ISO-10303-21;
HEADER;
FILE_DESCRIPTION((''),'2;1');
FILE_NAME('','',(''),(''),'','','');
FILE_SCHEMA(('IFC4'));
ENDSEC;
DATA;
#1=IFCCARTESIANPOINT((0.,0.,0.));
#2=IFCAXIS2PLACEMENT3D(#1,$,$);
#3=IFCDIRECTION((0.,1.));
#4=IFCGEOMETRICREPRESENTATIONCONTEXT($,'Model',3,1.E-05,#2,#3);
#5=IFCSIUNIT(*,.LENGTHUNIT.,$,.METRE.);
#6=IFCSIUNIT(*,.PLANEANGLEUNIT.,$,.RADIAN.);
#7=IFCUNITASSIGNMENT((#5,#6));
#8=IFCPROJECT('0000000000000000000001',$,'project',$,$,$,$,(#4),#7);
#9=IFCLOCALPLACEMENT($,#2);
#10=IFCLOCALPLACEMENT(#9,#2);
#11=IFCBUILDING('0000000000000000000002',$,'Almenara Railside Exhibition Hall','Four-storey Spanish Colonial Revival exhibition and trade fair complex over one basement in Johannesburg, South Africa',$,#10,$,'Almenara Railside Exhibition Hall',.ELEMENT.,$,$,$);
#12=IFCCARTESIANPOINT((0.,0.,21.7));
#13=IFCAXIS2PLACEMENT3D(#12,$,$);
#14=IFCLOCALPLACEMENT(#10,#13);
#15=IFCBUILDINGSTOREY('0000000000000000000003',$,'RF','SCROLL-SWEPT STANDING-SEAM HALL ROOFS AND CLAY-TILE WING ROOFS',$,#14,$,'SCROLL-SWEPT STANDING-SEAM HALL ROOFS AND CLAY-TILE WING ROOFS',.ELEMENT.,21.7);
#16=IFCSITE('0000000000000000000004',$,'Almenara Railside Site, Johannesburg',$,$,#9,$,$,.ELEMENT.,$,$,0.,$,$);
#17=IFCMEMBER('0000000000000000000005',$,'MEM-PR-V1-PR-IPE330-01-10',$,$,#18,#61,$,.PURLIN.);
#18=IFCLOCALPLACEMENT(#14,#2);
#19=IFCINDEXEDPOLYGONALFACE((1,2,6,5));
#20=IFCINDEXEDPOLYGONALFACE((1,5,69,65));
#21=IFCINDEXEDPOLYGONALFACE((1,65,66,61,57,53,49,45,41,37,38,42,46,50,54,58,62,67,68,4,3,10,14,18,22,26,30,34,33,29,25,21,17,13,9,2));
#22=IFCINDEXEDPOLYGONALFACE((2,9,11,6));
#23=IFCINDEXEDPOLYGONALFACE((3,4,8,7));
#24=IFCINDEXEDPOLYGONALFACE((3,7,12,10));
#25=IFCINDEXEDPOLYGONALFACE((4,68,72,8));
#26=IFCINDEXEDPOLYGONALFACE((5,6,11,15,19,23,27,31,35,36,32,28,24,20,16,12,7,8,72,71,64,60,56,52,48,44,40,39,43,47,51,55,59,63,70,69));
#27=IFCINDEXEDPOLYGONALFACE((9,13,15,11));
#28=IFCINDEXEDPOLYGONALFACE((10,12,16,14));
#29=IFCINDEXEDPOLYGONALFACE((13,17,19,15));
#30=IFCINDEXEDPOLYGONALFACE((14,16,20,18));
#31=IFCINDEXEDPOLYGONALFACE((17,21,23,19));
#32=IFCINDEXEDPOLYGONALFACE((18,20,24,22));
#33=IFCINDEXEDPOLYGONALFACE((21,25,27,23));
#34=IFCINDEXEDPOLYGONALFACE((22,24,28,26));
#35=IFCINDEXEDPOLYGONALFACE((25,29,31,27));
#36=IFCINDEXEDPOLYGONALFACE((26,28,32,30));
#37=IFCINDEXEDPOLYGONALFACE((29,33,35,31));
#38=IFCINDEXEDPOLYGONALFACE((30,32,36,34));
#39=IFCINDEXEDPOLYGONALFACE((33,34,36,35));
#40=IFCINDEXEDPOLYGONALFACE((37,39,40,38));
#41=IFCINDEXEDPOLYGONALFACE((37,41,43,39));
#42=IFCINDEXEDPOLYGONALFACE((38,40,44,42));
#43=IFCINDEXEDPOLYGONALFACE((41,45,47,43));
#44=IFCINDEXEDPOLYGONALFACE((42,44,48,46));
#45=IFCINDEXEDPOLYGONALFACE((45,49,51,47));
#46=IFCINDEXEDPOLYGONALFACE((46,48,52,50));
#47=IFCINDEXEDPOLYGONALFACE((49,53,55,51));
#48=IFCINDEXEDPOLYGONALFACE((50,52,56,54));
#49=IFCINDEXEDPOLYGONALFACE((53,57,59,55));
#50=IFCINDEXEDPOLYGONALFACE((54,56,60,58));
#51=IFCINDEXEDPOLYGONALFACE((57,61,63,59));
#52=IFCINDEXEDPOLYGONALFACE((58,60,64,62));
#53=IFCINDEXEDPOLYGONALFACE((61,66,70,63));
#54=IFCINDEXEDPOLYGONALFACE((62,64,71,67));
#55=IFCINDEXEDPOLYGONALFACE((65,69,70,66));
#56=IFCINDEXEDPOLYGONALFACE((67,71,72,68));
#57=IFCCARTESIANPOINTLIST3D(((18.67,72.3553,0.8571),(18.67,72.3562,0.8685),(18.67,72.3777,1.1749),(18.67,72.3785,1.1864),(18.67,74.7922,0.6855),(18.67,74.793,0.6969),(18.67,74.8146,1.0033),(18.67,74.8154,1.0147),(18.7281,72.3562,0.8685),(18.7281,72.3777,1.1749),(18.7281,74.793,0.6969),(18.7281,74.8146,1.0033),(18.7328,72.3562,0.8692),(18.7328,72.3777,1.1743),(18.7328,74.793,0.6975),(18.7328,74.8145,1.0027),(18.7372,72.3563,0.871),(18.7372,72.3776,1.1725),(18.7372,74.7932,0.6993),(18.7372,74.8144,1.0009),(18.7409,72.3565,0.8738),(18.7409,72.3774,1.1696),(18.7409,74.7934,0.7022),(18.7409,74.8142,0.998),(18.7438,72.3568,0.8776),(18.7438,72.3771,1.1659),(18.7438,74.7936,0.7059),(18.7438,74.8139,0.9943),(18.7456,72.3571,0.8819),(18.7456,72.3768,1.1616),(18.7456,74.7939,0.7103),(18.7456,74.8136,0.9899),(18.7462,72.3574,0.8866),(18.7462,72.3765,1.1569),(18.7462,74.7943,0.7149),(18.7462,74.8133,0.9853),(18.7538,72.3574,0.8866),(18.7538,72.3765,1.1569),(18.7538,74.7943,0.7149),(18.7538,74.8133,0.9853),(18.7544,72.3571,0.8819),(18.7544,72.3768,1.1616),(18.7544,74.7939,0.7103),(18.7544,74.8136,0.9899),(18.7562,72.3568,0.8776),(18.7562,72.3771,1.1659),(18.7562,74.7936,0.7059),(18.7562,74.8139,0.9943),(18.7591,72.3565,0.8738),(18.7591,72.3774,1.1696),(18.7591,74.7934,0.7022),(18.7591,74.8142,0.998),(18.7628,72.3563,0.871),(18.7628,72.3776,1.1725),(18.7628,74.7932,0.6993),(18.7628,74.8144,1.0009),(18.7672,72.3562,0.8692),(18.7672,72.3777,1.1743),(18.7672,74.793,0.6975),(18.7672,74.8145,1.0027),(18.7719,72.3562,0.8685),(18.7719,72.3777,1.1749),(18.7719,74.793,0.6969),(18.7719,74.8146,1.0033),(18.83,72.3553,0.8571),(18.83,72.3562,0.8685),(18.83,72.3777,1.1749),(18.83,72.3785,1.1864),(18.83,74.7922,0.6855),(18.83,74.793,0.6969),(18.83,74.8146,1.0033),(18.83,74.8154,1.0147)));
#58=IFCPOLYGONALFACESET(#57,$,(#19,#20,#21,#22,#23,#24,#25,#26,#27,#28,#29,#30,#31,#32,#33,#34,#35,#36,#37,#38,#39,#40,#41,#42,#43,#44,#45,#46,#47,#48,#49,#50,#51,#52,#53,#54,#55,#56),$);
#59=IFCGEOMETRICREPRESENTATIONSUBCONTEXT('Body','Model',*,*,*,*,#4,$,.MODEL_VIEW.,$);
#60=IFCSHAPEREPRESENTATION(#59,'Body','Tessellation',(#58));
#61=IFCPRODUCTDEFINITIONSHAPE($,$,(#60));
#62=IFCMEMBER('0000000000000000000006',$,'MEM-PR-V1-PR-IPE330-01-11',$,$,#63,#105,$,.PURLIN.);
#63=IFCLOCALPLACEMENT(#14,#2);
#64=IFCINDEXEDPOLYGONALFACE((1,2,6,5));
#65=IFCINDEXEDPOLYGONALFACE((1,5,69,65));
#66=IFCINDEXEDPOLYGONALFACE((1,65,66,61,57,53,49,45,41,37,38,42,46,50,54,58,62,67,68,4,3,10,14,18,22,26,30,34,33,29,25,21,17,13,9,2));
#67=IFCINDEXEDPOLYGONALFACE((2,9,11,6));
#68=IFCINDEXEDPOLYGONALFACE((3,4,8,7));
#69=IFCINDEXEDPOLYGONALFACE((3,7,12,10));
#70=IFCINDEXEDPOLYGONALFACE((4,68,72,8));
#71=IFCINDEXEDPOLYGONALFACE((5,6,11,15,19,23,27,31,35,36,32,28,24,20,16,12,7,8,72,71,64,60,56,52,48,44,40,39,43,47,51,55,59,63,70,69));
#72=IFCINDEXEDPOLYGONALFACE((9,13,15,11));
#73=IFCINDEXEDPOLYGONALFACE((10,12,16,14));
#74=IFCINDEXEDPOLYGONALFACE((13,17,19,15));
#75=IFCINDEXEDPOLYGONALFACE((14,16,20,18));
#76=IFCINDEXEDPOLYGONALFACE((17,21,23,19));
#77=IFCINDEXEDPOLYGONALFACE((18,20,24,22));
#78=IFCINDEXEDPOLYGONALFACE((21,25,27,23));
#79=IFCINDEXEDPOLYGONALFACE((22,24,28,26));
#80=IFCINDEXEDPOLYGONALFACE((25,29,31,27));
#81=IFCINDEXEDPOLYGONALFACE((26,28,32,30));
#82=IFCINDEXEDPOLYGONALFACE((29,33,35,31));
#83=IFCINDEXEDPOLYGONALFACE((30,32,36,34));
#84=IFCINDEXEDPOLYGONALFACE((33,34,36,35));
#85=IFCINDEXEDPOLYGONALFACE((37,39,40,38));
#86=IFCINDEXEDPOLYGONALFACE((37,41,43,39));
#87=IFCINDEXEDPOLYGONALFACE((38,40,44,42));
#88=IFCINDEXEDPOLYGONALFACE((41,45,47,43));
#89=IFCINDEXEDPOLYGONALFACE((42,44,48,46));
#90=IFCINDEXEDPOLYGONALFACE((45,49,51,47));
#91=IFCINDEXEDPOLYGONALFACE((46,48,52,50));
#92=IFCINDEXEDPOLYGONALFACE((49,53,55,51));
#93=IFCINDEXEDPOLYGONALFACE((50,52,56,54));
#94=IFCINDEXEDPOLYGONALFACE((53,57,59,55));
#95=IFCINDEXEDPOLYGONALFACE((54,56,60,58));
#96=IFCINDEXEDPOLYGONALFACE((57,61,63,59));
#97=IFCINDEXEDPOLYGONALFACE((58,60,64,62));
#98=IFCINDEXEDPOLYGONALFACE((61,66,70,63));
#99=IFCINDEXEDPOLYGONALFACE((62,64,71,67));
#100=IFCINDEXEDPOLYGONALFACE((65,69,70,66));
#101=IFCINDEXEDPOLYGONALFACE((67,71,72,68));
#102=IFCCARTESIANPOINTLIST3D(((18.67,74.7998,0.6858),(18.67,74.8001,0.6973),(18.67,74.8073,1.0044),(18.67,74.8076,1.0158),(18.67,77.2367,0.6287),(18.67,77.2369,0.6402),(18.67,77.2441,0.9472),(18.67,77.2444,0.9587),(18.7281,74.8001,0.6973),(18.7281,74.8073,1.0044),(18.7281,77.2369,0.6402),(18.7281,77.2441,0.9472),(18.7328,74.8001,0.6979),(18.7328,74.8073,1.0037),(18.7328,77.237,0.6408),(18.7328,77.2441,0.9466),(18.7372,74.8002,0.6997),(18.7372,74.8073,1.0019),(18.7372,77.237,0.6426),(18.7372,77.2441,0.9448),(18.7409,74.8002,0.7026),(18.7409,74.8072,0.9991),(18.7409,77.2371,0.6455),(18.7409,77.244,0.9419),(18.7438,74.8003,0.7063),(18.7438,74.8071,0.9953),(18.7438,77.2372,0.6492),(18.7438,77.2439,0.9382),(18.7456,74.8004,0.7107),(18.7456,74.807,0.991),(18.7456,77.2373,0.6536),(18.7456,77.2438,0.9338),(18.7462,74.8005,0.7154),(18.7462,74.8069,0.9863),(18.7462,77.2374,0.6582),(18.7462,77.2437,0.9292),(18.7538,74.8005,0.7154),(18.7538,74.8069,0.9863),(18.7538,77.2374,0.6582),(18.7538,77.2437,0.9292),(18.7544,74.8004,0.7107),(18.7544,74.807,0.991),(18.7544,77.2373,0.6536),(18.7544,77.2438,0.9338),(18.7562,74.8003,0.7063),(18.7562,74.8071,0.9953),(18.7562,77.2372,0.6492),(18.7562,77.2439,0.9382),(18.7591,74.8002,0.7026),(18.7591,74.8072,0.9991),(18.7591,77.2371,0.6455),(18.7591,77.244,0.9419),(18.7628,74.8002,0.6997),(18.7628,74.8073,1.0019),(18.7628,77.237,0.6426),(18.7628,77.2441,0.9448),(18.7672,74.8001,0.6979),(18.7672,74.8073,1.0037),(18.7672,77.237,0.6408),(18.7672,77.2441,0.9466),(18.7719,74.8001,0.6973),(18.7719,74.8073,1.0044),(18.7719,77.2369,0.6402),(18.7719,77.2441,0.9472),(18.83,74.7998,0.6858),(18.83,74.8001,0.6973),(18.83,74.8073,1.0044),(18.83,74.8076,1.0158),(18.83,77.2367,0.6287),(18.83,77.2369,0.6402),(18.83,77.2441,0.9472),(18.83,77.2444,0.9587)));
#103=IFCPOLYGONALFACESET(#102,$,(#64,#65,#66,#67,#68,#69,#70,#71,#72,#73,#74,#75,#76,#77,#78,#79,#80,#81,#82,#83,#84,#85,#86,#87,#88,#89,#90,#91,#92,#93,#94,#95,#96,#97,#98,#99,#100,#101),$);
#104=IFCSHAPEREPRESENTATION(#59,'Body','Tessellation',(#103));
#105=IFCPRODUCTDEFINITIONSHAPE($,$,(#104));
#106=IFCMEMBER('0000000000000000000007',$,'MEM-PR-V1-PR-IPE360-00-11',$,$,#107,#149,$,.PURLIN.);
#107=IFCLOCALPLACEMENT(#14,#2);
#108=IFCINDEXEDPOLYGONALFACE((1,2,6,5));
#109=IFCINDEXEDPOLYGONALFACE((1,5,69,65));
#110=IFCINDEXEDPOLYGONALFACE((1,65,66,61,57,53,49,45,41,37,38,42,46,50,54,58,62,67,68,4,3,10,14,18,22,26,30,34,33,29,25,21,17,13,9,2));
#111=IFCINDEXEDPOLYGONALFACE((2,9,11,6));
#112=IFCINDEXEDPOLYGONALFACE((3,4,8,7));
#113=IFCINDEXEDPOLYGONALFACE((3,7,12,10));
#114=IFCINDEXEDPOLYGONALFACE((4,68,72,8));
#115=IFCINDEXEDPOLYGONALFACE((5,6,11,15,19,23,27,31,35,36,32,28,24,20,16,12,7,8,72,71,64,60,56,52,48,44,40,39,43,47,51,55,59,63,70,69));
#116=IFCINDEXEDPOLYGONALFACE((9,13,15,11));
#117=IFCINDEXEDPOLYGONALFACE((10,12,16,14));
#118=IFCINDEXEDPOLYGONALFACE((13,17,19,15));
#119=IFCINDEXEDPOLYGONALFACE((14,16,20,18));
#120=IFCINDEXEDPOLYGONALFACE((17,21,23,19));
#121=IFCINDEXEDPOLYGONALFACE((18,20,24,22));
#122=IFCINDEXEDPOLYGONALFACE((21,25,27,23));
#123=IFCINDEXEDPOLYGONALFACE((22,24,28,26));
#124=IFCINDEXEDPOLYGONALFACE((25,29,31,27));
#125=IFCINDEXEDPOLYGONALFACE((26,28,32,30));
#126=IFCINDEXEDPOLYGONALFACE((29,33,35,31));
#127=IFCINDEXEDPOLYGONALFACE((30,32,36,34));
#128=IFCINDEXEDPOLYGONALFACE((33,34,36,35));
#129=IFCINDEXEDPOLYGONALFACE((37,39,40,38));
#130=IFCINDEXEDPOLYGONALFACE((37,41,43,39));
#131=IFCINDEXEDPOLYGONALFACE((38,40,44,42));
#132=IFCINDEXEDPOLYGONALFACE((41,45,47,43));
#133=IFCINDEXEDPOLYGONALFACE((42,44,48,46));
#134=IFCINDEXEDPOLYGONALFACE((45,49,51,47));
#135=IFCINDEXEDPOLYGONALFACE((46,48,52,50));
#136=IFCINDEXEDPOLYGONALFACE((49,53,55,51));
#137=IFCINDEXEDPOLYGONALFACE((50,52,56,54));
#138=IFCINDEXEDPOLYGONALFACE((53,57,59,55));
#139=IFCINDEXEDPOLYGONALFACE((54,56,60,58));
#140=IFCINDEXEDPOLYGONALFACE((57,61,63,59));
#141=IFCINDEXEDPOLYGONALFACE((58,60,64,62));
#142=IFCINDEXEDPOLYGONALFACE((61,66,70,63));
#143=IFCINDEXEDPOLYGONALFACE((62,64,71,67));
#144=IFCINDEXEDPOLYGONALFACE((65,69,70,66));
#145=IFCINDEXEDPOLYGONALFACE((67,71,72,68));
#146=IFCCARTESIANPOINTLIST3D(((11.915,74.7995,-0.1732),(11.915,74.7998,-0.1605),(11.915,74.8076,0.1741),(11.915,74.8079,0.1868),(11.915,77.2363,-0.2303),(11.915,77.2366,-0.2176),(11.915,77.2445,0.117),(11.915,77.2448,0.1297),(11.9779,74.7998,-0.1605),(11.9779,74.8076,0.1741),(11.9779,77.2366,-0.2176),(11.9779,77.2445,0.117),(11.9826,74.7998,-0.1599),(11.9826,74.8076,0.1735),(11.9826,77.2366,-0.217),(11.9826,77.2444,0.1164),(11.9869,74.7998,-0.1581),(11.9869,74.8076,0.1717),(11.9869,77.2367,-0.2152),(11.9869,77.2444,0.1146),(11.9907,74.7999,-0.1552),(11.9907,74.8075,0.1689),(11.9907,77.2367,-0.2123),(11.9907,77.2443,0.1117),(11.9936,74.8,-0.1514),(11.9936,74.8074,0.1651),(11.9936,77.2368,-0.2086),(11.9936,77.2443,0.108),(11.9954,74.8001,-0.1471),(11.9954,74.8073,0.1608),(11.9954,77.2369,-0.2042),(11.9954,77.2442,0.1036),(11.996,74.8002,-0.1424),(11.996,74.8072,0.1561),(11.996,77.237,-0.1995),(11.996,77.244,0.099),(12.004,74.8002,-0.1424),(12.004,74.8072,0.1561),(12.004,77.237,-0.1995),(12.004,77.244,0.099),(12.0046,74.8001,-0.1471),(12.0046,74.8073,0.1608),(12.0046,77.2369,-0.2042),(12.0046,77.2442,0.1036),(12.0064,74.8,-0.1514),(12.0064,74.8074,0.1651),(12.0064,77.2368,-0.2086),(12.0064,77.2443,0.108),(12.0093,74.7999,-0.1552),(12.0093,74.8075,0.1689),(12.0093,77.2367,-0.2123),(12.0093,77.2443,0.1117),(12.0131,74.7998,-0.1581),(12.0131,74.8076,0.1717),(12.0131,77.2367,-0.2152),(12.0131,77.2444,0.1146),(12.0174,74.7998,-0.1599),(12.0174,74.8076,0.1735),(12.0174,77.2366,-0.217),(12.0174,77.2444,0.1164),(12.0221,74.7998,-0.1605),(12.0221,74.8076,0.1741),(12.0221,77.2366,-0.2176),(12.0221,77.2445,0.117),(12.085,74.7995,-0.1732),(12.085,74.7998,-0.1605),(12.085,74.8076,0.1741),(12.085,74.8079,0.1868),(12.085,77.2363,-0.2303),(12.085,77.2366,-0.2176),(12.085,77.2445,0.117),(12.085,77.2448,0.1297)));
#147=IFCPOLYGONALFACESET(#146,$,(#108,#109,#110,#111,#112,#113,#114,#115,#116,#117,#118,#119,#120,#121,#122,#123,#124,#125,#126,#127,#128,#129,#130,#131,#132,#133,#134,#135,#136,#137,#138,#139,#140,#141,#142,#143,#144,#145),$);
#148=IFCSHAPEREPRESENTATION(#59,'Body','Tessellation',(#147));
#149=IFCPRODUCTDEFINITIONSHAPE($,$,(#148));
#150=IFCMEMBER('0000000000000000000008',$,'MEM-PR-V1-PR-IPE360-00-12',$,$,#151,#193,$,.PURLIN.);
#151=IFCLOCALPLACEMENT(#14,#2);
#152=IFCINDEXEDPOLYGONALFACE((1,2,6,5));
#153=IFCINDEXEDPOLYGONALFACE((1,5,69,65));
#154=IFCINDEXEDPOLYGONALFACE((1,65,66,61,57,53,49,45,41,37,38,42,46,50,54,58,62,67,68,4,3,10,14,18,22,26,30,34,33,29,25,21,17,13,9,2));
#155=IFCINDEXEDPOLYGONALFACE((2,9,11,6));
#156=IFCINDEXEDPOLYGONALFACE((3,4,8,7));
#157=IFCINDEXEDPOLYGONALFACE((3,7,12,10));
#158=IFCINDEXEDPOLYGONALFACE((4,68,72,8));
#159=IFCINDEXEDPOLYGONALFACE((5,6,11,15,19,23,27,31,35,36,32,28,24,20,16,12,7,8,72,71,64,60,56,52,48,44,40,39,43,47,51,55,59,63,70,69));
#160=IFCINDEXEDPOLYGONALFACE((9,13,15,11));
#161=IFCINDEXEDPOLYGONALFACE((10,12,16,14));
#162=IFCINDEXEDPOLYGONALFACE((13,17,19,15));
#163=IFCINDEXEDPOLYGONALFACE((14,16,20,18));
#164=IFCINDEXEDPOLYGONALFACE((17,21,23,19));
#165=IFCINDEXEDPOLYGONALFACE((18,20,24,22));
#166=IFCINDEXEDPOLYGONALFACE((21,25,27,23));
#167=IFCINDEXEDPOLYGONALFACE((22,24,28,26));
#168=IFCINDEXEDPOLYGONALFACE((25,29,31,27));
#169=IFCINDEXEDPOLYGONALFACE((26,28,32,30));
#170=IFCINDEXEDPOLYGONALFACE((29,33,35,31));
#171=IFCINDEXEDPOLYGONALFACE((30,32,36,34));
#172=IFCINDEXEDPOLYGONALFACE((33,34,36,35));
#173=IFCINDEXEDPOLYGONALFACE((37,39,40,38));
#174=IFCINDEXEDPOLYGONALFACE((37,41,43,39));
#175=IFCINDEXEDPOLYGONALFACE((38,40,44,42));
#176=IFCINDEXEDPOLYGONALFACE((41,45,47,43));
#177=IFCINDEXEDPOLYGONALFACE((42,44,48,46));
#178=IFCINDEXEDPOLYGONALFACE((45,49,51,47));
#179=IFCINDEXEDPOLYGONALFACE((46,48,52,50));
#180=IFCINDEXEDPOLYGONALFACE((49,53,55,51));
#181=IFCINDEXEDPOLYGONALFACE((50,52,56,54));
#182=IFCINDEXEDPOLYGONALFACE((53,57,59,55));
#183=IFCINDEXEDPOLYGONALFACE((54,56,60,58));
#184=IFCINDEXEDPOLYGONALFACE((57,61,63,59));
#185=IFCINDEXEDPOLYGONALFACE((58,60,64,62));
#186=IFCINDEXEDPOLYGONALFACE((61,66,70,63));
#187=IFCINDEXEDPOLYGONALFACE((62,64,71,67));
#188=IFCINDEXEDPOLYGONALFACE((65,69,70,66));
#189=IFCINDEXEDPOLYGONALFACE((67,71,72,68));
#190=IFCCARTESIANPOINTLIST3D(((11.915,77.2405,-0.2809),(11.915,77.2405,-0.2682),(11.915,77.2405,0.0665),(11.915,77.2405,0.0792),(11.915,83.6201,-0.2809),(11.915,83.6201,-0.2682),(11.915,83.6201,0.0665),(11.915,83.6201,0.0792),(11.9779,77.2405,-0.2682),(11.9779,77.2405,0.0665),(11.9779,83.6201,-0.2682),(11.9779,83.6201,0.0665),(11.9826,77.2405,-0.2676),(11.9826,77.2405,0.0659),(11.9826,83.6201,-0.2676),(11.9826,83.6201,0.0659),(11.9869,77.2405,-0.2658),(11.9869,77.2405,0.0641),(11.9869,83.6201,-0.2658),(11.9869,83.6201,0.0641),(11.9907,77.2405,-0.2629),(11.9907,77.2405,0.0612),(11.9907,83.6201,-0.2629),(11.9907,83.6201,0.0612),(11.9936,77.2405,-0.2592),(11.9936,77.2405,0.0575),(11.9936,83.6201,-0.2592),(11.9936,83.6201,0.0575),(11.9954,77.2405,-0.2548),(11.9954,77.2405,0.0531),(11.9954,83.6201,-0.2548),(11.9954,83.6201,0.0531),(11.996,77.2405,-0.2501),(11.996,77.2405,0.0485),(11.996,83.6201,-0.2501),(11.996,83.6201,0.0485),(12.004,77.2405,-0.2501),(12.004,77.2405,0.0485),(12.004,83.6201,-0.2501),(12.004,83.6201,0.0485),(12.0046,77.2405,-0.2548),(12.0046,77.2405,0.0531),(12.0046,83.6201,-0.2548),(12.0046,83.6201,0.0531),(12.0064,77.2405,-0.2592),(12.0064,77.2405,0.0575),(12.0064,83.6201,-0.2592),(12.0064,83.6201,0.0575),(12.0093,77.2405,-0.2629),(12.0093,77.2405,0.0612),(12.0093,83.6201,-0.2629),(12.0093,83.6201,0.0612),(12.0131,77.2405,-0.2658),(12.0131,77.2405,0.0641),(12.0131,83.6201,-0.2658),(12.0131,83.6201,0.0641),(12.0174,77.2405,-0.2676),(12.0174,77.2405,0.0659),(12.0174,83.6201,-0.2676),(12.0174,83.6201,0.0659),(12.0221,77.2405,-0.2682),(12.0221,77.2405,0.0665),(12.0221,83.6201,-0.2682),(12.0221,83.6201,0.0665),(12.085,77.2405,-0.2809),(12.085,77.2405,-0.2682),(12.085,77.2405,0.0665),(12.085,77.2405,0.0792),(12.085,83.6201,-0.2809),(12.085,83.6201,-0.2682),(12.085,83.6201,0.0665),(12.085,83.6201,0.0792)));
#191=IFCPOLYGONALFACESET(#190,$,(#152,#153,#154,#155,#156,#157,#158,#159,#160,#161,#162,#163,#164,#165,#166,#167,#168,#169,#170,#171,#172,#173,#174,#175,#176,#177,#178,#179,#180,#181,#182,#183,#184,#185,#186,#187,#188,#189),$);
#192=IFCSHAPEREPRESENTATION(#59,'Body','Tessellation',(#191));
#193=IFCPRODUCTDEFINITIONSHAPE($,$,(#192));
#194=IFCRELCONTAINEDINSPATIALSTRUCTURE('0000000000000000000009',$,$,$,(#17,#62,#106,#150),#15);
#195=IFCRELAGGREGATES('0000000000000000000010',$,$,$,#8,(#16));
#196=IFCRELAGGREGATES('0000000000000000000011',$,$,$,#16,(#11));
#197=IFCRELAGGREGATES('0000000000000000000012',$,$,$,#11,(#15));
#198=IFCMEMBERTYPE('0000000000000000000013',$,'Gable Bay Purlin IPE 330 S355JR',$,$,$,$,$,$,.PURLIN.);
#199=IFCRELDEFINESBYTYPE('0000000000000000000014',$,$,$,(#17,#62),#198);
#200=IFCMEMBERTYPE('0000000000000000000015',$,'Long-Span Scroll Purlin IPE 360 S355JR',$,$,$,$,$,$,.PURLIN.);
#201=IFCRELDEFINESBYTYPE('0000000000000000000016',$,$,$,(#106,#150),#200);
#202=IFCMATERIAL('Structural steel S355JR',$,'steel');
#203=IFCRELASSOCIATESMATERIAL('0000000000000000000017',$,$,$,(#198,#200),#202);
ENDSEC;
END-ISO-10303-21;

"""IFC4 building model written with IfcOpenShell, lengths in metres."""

from ifc_helpers import new_model, si_unit, direction, frame, origin, origin_2d, place, context, subcontext, project, spatial, i_section, extrude, material, material_profile, profile_set, type_object, element, save


model = new_model("IFC4")

# Units and contexts
model_context = context("Model", 3, precision=1e-05, world=origin(), true_north=direction((0.0, 1.0)))
body_context = subcontext(model_context, "Body", "Model", "MODEL_VIEW")
ifc_project = project(units=[si_unit("LENGTHUNIT", "METRE"), si_unit("PLANEANGLEUNIT", "RADIAN")], contexts=[model_context])

# Site, building, storey
site_placement = place(None, origin())
site = spatial("IfcSite", under=ifc_project, at=site_placement, Name="Almenara Railside Site, Johannesburg", CompositionType="ELEMENT", RefElevation=0.0)
building_placement = place(site_placement, origin())
building = spatial("IfcBuilding", under=site, at=building_placement, Name="Almenara Railside Exhibition Hall", Description="Four-storey Spanish Colonial Revival exhibition and trade fair complex over one basement in Johannesburg, South Africa", LongName="Almenara Railside Exhibition Hall", CompositionType="ELEMENT")
storey_placement = place(building_placement, frame((0.0, 0.0, 21.7)))
storey = spatial("IfcBuildingStorey", under=building, at=storey_placement, Name="RF", Description="SCROLL-SWEPT STANDING-SEAM HALL ROOFS AND CLAY-TILE WING ROOFS", LongName="SCROLL-SWEPT STANDING-SEAM HALL ROOFS AND CLAY-TILE WING ROOFS", CompositionType="ELEMENT", Elevation=21.7)

# Shared definitions
ifc_material_1 = material(Name="Structural steel S355JR", Category="steel")

# Members
ifc_material_profile_1 = material_profile(ifc_material_1, i_section(OverallWidth=0.1599, OverallDepth=0.3301, WebThickness=0.0076, FlangeThickness=0.0115, FilletRadius=0.0181, at=origin_2d()), Name="IPE 330")
ifc_profile_set_1 = profile_set([ifc_material_profile_1], Name="Structural steel S355JR")
member_type_1 = type_object("IfcMemberType", Name="Gable Bay Purlin IPE 330 S355JR", PredefinedType="PURLIN", material=ifc_profile_set_1)
member_1_placement = place(storey_placement, frame((18.75, 72.3669, 1.0217), z_axis=(0.0, 0.997529, -0.07026), x_axis=(-1.0, 0.0, 0.0)))
element("IfcMember", 1, at=member_1_placement, inside=storey, type_object=member_type_1, Name="MEM-PR-V1-PR-IPE330-01-10", PredefinedType="PURLIN", context=body_context, shape_type="SweptSolid", body=[
    extrude(i_section(OverallWidth=0.1599, OverallDepth=0.3301, WebThickness=0.0076, FlangeThickness=0.0115, FilletRadius=0.0181, at=origin_2d()), origin(), (0.0, 0.0, 1.0), 2.4429),
])
member_2_placement = place(storey_placement, frame((18.75, 74.8037, 0.8508), z_axis=(0.0, 0.999725, -0.023438), x_axis=(-1.0, 0.0, 0.0)))
element("IfcMember", 2, at=member_2_placement, inside=storey, type_object=member_type_1, Name="MEM-PR-V1-PR-IPE330-01-11", PredefinedType="PURLIN", context=body_context, shape_type="SweptSolid", body=[
    extrude(i_section(OverallWidth=0.1599, OverallDepth=0.3301, WebThickness=0.0076, FlangeThickness=0.0115, FilletRadius=0.0181, at=origin_2d()), origin(), (0.0, 0.0, 1.0), 2.4375),
])
ifc_material_profile_2 = material_profile(ifc_material_1, i_section(OverallWidth=0.1699, OverallDepth=0.3601, WebThickness=0.0081, FlangeThickness=0.0127, FilletRadius=0.0181, at=origin_2d()), Name="IPE 360")
ifc_profile_set_2 = profile_set([ifc_material_profile_2], Name="Structural steel S355JR")
member_type_2 = type_object("IfcMemberType", Name="Long-Span Scroll Purlin IPE 360 S355JR", PredefinedType="PURLIN", material=ifc_profile_set_2)
member_3_placement = place(storey_placement, frame((12.0, 74.8037, 0.0068), z_axis=(0.0, 0.999725, -0.023438), x_axis=(-1.0, 0.0, 0.0)))
element("IfcMember", 3, at=member_3_placement, inside=storey, type_object=member_type_2, Name="MEM-PR-V1-PR-IPE360-00-11", PredefinedType="PURLIN", context=body_context, shape_type="SweptSolid", body=[
    extrude(i_section(OverallWidth=0.1699, OverallDepth=0.3601, WebThickness=0.0081, FlangeThickness=0.0127, FilletRadius=0.0181, at=origin_2d()), origin(), (0.0, 0.0, 1.0), 2.4375),
])
member_4_placement = place(storey_placement, frame((12.0, 77.2405, -0.1008), z_axis=(0.0, 1.0, 0.0), x_axis=(-1.0, 0.0, 0.0)))
element("IfcMember", 4, at=member_4_placement, inside=storey, type_object=member_type_2, Name="MEM-PR-V1-PR-IPE360-00-12", PredefinedType="PURLIN", context=body_context, shape_type="SweptSolid", body=[
    extrude(i_section(OverallWidth=0.1699, OverallDepth=0.3601, WebThickness=0.0081, FlangeThickness=0.0127, FilletRadius=0.0181, at=origin_2d()), origin(), (0.0, 0.0, 1.0), 6.3796),
])

save(model, "model.ifc")
